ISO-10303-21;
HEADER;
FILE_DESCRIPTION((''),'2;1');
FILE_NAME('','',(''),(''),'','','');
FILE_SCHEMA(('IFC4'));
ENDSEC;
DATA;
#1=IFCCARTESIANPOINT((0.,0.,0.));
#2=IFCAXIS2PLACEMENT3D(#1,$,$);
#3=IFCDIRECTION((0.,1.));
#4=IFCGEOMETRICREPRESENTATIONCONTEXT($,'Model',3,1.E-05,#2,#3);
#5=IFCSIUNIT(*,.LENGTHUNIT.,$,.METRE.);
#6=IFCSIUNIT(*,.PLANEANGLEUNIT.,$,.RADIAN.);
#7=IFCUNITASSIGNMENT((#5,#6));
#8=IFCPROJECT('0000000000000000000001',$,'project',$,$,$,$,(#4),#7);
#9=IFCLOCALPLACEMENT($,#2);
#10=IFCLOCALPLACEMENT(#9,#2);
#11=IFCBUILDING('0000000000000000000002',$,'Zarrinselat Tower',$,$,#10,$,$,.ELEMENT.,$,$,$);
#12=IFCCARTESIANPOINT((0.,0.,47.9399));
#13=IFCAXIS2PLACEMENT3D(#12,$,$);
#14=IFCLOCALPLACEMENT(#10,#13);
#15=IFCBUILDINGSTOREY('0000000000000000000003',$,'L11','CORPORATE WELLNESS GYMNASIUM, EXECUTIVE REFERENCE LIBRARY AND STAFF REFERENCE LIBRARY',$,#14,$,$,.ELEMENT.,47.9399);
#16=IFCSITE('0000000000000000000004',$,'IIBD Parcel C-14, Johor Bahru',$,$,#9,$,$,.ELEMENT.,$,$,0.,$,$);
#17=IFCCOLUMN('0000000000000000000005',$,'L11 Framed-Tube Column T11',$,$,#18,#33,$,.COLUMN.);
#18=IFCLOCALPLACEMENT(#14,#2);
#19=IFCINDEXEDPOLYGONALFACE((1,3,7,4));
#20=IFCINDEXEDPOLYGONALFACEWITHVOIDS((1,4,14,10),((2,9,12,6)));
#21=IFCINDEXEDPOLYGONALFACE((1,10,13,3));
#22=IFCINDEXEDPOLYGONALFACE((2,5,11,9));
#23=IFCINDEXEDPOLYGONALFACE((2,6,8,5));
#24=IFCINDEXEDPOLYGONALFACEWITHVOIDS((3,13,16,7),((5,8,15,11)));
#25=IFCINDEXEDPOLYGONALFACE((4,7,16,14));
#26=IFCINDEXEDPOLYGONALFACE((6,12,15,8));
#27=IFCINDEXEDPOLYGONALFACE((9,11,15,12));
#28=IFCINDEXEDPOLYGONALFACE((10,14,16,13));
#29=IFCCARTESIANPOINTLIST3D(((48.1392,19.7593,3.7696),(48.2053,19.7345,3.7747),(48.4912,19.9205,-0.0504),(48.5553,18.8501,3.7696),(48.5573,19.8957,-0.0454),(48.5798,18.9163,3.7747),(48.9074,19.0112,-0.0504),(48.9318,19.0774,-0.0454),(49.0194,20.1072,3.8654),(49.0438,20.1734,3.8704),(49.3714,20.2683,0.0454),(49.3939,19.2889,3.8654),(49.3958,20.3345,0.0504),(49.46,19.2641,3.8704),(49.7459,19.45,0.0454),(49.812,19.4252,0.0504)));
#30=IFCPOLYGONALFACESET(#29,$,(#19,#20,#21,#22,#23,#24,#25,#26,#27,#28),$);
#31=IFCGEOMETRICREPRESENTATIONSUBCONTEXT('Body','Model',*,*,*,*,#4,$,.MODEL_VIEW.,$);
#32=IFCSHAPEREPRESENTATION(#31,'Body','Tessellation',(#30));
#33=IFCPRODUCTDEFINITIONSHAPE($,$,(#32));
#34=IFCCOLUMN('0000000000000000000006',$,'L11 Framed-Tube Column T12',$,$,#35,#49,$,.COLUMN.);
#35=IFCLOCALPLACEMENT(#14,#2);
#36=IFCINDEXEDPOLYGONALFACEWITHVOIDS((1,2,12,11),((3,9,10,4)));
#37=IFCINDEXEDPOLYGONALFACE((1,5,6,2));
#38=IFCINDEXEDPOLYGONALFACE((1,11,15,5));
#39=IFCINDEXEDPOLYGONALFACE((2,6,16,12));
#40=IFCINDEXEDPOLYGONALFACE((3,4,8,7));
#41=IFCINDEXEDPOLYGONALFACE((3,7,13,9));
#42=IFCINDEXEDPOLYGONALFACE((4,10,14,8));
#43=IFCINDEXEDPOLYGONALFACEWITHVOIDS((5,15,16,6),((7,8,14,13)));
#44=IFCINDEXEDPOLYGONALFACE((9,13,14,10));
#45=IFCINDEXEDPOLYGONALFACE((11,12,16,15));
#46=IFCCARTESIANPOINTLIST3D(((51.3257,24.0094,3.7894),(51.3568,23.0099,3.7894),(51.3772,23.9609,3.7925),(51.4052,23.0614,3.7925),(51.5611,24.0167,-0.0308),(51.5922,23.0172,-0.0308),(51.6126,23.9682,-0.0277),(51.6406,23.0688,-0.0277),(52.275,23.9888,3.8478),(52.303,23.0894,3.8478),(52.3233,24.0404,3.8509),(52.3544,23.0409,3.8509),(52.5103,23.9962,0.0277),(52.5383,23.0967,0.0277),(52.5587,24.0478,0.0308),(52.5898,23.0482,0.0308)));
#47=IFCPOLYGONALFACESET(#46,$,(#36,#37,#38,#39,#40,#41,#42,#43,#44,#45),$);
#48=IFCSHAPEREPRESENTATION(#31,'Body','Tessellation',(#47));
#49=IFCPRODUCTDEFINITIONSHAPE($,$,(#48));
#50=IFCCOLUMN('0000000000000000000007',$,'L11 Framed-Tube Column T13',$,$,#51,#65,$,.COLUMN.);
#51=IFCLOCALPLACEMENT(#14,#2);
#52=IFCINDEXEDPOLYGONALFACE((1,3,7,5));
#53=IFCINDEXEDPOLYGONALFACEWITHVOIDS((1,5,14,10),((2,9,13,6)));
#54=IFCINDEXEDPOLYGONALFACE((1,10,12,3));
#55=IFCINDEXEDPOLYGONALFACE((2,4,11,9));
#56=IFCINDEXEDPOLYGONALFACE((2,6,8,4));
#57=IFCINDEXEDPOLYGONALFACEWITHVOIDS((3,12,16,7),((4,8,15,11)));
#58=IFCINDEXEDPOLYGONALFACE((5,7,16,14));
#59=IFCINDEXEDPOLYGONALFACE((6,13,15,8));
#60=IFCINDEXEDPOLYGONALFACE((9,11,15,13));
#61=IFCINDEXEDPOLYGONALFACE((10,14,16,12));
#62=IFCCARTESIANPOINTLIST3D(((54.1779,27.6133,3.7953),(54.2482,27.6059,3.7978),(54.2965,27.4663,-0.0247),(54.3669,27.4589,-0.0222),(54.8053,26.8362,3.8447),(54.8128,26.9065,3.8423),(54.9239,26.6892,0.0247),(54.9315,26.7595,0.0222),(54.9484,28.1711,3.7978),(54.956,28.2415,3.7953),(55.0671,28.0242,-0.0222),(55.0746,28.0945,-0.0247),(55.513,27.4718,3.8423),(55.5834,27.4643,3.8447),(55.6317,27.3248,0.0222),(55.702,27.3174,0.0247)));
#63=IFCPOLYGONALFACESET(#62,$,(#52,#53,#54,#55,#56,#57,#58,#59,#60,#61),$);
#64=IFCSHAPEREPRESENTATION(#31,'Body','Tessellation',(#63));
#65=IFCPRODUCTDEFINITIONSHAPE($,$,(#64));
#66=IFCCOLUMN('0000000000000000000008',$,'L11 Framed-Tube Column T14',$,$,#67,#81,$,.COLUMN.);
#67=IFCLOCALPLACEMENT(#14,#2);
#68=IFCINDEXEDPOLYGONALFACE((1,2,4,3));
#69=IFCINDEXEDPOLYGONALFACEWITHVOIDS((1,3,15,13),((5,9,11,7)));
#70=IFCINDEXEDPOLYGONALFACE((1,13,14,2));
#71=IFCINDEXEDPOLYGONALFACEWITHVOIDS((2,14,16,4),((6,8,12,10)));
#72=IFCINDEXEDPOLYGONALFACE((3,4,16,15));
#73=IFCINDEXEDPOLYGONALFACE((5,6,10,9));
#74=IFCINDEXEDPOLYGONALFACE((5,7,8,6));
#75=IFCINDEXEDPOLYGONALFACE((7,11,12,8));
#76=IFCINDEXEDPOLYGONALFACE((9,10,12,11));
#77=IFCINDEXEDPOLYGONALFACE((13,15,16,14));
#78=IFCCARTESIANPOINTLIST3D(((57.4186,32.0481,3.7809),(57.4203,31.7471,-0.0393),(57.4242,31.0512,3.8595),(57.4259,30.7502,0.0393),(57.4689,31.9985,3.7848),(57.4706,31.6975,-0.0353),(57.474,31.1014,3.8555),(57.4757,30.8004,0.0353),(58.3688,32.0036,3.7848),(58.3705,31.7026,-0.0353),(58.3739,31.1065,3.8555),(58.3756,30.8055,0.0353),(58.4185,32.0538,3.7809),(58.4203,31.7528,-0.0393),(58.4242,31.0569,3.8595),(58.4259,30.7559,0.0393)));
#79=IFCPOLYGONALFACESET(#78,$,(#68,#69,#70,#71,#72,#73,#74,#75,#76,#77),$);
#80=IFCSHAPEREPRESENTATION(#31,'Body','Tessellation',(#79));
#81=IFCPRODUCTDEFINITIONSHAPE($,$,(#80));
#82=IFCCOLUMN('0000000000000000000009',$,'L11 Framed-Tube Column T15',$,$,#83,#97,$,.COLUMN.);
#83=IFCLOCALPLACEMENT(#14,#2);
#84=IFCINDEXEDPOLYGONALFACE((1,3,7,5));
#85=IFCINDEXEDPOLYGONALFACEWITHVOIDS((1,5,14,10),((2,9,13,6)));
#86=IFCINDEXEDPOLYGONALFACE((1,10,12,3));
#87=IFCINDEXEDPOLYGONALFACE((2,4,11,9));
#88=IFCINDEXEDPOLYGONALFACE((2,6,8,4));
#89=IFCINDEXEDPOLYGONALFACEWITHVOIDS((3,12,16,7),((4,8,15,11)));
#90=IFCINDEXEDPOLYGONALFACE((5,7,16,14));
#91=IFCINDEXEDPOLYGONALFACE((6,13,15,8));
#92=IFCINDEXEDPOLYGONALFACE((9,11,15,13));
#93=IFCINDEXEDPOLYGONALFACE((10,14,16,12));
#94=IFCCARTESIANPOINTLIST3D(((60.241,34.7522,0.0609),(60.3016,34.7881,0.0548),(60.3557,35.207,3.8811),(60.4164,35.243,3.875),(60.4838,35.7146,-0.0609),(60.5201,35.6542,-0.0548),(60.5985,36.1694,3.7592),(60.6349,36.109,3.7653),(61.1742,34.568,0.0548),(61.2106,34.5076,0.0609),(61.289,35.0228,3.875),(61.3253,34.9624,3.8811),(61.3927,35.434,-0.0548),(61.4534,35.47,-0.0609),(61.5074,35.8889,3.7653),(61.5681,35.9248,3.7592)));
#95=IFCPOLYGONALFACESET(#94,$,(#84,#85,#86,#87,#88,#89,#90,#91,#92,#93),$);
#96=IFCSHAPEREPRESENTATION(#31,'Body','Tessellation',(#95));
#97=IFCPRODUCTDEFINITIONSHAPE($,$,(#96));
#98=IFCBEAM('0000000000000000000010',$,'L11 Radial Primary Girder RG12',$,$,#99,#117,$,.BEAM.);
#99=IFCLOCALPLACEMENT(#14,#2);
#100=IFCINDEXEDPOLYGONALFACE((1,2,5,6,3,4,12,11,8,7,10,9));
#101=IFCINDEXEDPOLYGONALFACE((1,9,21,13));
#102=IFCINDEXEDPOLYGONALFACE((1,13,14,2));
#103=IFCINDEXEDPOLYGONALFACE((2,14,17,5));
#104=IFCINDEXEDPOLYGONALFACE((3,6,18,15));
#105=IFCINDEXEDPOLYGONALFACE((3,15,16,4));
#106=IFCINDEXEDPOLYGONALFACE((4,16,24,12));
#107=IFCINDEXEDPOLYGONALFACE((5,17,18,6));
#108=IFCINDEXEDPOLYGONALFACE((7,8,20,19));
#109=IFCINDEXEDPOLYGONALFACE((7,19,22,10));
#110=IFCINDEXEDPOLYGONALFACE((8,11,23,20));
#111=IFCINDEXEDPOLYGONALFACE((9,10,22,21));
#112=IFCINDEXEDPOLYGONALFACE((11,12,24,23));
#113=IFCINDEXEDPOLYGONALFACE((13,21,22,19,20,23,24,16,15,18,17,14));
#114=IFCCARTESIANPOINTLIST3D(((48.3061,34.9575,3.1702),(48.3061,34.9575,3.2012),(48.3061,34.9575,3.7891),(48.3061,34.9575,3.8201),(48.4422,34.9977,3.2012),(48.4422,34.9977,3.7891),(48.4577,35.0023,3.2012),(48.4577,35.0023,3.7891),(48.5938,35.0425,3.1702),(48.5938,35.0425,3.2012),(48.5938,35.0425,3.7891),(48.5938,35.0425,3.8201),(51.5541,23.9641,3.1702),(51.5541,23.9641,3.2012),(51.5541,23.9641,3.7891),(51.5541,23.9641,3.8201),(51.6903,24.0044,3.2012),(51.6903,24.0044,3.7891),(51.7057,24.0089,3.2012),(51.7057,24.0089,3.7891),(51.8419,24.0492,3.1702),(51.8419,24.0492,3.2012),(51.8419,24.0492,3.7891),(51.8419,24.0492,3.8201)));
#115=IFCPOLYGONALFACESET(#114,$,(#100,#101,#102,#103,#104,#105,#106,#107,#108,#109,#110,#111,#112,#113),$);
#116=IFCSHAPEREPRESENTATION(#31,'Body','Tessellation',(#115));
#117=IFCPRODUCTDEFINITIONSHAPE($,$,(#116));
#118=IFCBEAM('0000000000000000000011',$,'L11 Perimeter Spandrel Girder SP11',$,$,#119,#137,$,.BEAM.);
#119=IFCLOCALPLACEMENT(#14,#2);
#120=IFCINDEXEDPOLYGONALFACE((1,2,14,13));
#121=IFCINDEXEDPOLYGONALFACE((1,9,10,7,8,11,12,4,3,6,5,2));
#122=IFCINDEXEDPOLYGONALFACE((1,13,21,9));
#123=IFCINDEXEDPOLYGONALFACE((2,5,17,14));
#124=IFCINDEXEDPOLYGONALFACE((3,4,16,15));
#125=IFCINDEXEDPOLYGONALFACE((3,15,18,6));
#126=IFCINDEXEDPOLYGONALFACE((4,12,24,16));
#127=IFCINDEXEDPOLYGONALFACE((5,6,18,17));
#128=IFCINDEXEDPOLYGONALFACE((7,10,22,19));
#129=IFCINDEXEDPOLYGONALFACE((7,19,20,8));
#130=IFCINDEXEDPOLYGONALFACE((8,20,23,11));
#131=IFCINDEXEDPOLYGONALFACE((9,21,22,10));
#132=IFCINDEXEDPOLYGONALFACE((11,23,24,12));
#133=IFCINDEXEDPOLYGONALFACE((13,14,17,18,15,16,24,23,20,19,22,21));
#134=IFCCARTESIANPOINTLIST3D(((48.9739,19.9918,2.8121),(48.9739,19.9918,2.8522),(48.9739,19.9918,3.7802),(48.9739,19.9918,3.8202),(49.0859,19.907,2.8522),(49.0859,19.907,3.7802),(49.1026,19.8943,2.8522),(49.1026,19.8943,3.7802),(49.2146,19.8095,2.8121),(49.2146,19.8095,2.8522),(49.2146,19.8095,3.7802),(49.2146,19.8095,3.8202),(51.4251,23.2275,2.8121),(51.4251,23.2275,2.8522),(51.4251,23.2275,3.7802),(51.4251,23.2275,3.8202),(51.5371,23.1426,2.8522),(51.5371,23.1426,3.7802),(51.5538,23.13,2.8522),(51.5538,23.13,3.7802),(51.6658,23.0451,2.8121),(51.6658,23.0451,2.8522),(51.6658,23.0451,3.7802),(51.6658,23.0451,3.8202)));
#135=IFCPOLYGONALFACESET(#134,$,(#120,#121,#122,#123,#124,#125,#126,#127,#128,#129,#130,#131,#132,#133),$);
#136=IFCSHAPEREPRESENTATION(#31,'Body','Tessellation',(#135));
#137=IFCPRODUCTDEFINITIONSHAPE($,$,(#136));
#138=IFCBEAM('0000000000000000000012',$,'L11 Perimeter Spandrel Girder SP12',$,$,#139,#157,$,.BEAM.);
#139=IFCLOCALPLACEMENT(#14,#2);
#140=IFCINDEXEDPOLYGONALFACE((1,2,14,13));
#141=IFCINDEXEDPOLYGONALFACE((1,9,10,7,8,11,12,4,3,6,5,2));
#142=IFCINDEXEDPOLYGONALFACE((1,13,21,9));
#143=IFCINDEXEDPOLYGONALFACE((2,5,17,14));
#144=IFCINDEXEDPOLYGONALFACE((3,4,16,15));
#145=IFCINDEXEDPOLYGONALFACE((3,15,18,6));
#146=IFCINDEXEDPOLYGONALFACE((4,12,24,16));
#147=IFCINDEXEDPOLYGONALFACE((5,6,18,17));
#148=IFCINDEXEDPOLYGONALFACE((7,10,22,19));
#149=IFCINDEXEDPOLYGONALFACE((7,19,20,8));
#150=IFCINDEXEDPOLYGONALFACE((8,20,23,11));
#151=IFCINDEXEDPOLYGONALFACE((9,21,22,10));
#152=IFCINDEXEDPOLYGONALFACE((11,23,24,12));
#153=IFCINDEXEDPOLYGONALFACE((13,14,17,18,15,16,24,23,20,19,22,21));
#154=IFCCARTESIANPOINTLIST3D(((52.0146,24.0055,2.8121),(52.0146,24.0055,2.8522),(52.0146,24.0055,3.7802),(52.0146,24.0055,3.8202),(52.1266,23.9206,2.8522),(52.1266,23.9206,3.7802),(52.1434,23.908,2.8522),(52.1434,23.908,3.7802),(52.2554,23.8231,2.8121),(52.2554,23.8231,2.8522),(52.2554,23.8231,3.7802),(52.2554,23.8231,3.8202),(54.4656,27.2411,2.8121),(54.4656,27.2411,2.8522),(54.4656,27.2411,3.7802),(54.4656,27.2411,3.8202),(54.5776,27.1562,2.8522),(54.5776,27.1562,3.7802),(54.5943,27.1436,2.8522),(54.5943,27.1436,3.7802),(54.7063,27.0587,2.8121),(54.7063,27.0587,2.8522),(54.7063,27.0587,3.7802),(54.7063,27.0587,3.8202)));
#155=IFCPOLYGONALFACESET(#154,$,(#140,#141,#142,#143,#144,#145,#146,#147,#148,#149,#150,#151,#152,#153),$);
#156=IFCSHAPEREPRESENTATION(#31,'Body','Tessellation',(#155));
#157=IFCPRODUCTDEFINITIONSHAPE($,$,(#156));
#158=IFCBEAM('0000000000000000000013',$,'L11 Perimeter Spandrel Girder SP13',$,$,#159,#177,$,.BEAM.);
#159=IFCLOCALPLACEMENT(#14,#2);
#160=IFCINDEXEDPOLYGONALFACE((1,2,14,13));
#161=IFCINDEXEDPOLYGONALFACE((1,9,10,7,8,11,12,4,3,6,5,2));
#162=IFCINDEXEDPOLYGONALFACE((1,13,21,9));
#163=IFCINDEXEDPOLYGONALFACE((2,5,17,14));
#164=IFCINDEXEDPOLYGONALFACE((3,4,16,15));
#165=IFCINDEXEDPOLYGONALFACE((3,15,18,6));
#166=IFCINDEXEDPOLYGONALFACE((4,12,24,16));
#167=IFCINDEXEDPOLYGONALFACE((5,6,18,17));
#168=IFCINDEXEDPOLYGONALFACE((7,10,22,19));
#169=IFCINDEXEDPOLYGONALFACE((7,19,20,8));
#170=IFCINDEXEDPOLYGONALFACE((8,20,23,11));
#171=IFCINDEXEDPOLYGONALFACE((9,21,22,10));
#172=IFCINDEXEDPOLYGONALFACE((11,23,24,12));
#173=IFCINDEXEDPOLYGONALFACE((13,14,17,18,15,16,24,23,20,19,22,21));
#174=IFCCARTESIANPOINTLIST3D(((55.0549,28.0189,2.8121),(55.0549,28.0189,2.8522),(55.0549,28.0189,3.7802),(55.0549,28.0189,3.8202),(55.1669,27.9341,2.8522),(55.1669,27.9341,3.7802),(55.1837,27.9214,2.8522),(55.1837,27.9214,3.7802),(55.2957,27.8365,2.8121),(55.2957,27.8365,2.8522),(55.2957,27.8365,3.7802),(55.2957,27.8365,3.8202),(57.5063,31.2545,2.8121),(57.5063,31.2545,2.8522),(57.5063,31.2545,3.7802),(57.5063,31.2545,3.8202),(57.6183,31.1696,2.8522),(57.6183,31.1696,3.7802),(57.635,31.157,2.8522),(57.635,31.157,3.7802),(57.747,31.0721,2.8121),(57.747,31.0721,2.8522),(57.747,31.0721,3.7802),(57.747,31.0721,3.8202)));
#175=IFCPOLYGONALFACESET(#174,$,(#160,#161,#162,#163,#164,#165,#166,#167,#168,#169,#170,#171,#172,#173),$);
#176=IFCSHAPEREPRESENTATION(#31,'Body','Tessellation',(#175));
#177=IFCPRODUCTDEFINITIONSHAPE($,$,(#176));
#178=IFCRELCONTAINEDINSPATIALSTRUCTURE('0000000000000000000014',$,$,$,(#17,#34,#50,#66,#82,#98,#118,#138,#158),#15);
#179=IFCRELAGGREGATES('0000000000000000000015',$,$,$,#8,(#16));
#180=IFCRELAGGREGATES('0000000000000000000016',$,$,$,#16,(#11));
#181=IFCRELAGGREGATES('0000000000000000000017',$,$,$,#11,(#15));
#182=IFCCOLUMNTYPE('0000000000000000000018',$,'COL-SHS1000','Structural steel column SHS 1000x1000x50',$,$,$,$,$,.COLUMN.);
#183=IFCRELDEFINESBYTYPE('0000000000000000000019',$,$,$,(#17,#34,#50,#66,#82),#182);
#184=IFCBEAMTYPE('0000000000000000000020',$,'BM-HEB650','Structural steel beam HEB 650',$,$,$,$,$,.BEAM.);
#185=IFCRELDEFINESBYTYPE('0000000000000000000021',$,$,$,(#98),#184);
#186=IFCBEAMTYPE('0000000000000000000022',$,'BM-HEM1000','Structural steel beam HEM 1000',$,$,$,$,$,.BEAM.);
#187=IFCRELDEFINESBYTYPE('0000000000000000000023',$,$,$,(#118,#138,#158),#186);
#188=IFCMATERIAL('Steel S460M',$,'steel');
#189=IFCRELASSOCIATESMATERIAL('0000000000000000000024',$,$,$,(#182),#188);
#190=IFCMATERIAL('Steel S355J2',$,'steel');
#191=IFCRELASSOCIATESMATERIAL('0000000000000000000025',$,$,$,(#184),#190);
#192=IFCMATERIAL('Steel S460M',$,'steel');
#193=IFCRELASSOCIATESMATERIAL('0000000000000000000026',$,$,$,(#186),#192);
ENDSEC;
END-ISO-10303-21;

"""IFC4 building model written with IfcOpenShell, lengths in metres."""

from ifc_helpers import new_model, si_unit, direction, frame, origin, origin_2d, place, context, subcontext, project, spatial, hollow_rectangle, i_section, extrude, material, material_profile, profile_set, type_object, element, save


model = new_model("IFC4")

# Units and contexts
model_context = context("Model", 3, precision=1e-05, world=origin(), true_north=direction((0.0, 1.0)))
body_context = subcontext(model_context, "Body", "Model", "MODEL_VIEW")
ifc_project = project(units=[si_unit("LENGTHUNIT", "METRE"), si_unit("PLANEANGLEUNIT", "RADIAN")], contexts=[model_context])

# Site, building, storey
site_placement = place(None, origin())
site = spatial("IfcSite", under=ifc_project, at=site_placement, Name="IIBD Parcel C-14, Johor Bahru", CompositionType="ELEMENT", RefElevation=0.0)
building_placement = place(site_placement, origin())
building = spatial("IfcBuilding", under=site, at=building_placement, Name="Zarrinselat Tower", CompositionType="ELEMENT")
storey_placement = place(building_placement, frame((0.0, 0.0, 47.9399)))
storey = spatial("IfcBuildingStorey", under=building, at=storey_placement, Name="L11", Description="CORPORATE WELLNESS GYMNASIUM, EXECUTIVE REFERENCE LIBRARY AND STAFF REFERENCE LIBRARY", CompositionType="ELEMENT", Elevation=47.9399)

# Columns
ifc_material_1 = material(Name="Steel S460M", Category="steel")
ifc_material_profile_1 = material_profile(ifc_material_1, hollow_rectangle(XDim=1.0, YDim=1.0, WallThickness=0.05, at=origin_2d()), Name="SHS 1000x1000x50")
ifc_profile_set_1 = profile_set([ifc_material_profile_1], Name="Steel S460M")
column_type = type_object("IfcColumnType", Name="COL-SHS1000", Description="Structural steel column SHS 1000x1000x50", PredefinedType="COLUMN", material=ifc_profile_set_1)
column_1_placement = place(storey_placement, frame((49.1516, 19.6729, 0.0), z_axis=(-0.091689, -0.041966, 0.994903), x_axis=(0.416177, -0.909284, 0.0)))
element("IfcColumn", 1, at=column_1_placement, inside=storey, type_object=column_type, Name="L11 Framed-Tube Column T11", PredefinedType="COLUMN", context=body_context, shape_type="SweptSolid", body=[
    extrude(hollow_rectangle(XDim=1.0, YDim=1.0, WallThickness=0.05, at=origin_2d()), origin(), (0.0, 0.0, 1.0), 3.8396),
])
column_2_placement = place(storey_placement, frame((52.0754, 23.5325, 0.0), z_axis=(-0.061493, -0.001914, 0.998106), x_axis=(0.031105, -0.999516, 0.0)))
element("IfcColumn", 2, at=column_2_placement, inside=storey, type_object=column_type, Name="L11 Framed-Tube Column T12", PredefinedType="COLUMN", context=body_context, shape_type="SweptSolid", body=[
    extrude(hollow_rectangle(XDim=1.0, YDim=1.0, WallThickness=0.05, at=origin_2d()), origin(), (0.0, 0.0, 1.0), 3.8274),
])
column_3_placement = place(storey_placement, frame((54.9993, 27.3918, 0.0), z_axis=(-0.031022, 0.038427, 0.99878), x_axis=(-0.778087, -0.628157, 0.0)))
element("IfcColumn", 3, at=column_3_placement, inside=storey, type_object=column_type, Name="L11 Framed-Tube Column T13", PredefinedType="COLUMN", context=body_context, shape_type="SweptSolid", body=[
    extrude(hollow_rectangle(XDim=1.0, YDim=1.0, WallThickness=0.05, at=origin_2d()), origin(), (0.0, 0.0, 1.0), 3.8247),
])
column_4_placement = place(storey_placement, frame((57.9231, 31.2515, 0.0), z_axis=(-0.000446, 0.078558, 0.996909), x_axis=(-0.999984, -0.005677, 0.0)))
element("IfcColumn", 4, at=column_4_placement, inside=storey, type_object=column_type, Name="L11 Framed-Tube Column T14", PredefinedType="COLUMN", context=body_context, shape_type="SweptSolid", body=[
    extrude(hollow_rectangle(XDim=1.0, YDim=1.0, WallThickness=0.05, at=origin_2d()), origin(), (0.0, 0.0, 1.0), 3.832),
])
column_5_placement = place(storey_placement, frame((60.8472, 35.1111, 0.0), z_axis=(0.029814, 0.118177, 0.992545), x_axis=(-0.96962, 0.244617, 0.0)))
element("IfcColumn", 5, at=column_5_placement, inside=storey, type_object=column_type, Name="L11 Framed-Tube Column T15", PredefinedType="COLUMN", context=body_context, shape_type="SweptSolid", body=[
    extrude(hollow_rectangle(XDim=1.0, YDim=1.0, WallThickness=0.05, at=origin_2d()), origin(), (0.0, 0.0, 1.0), 3.8489),
])

# Beams
ifc_material_2 = material(Name="Steel S355J2", Category="steel")
ifc_material_profile_2 = material_profile(ifc_material_2, i_section(OverallWidth=0.3, OverallDepth=0.6499, WebThickness=0.0161, FlangeThickness=0.031, at=origin_2d()), Name="HEB 650")
ifc_profile_set_2 = profile_set([ifc_material_profile_2], Name="Steel S355J2")
beam_type_1 = type_object("IfcBeamType", Name="BM-HEB650", Description="Structural steel beam HEB 650", PredefinedType="BEAM", material=ifc_profile_set_2)
beam_1_placement = place(storey_placement, frame((48.45, 35.0, 3.4951), z_axis=(0.283346, -0.959018, 0.0), x_axis=(0.959018, 0.283346, 0.0)))
element("IfcBeam", 6, at=beam_1_placement, inside=storey, type_object=beam_type_1, Name="L11 Radial Primary Girder RG12", PredefinedType="BEAM", context=body_context, shape_type="SweptSolid", body=[
    extrude(i_section(OverallWidth=0.3, OverallDepth=0.6499, WebThickness=0.0161, FlangeThickness=0.031, at=origin_2d()), origin(), (0.0, 0.0, 1.0), 11.4631),
])
ifc_material_3 = material(Name="Steel S460M", Category="steel")
ifc_material_profile_3 = material_profile(ifc_material_3, i_section(OverallWidth=0.302, OverallDepth=1.0081, WebThickness=0.021, FlangeThickness=0.04, at=origin_2d()), Name="HEM 1000")
ifc_profile_set_3 = profile_set([ifc_material_profile_3], Name="Steel S460M")
beam_type_2 = type_object("IfcBeamType", Name="BM-HEM1000", Description="Structural steel beam HEM 1000", PredefinedType="BEAM", material=ifc_profile_set_3)
beam_2_placement = place(storey_placement, frame((49.0942, 19.9006, 3.3162), z_axis=(0.603852, 0.797097, 0.0), x_axis=(-0.797097, 0.603852, 0.0)))
element("IfcBeam", 7, at=beam_2_placement, inside=storey, type_object=beam_type_2, Name="L11 Perimeter Spandrel Girder SP11", PredefinedType="BEAM", context=body_context, shape_type="SweptSolid", body=[
    extrude(i_section(OverallWidth=0.302, OverallDepth=1.0081, WebThickness=0.021, FlangeThickness=0.04, at=origin_2d()), origin(), (0.0, 0.0, 1.0), 4.0593),
])
beam_3_placement = place(storey_placement, frame((52.135, 23.9143, 3.3162), z_axis=(0.603814, 0.797125, 0.0), x_axis=(-0.797125, 0.603814, 0.0)))
element("IfcBeam", 8, at=beam_3_placement, inside=storey, type_object=beam_type_2, Name="L11 Perimeter Spandrel Girder SP12", PredefinedType="BEAM", context=body_context, shape_type="SweptSolid", body=[
    extrude(i_section(OverallWidth=0.302, OverallDepth=1.0081, WebThickness=0.021, FlangeThickness=0.04, at=origin_2d()), origin(), (0.0, 0.0, 1.0), 4.0591),
])
for number, where, z_axis, x_axis, name in (
    (9, (55.1753, 27.9277, 3.3162), (0.60389, 0.797068, 0.0), (-0.797068, 0.60389, 0.0), "L11 Perimeter Spandrel Girder SP13"),
):
    element("IfcBeam", number, at=place(storey_placement, frame(where, z_axis=z_axis, x_axis=x_axis)), inside=storey, type_object=beam_type_2, Name=name, PredefinedType="BEAM", context=body_context, shape_type="SweptSolid", body=[
        extrude(i_section(OverallWidth=0.302, OverallDepth=1.0081, WebThickness=0.021, FlangeThickness=0.04, at=origin_2d()), origin(), (0.0, 0.0, 1.0), 4.0593),
    ])

save(model, "model.ifc")
